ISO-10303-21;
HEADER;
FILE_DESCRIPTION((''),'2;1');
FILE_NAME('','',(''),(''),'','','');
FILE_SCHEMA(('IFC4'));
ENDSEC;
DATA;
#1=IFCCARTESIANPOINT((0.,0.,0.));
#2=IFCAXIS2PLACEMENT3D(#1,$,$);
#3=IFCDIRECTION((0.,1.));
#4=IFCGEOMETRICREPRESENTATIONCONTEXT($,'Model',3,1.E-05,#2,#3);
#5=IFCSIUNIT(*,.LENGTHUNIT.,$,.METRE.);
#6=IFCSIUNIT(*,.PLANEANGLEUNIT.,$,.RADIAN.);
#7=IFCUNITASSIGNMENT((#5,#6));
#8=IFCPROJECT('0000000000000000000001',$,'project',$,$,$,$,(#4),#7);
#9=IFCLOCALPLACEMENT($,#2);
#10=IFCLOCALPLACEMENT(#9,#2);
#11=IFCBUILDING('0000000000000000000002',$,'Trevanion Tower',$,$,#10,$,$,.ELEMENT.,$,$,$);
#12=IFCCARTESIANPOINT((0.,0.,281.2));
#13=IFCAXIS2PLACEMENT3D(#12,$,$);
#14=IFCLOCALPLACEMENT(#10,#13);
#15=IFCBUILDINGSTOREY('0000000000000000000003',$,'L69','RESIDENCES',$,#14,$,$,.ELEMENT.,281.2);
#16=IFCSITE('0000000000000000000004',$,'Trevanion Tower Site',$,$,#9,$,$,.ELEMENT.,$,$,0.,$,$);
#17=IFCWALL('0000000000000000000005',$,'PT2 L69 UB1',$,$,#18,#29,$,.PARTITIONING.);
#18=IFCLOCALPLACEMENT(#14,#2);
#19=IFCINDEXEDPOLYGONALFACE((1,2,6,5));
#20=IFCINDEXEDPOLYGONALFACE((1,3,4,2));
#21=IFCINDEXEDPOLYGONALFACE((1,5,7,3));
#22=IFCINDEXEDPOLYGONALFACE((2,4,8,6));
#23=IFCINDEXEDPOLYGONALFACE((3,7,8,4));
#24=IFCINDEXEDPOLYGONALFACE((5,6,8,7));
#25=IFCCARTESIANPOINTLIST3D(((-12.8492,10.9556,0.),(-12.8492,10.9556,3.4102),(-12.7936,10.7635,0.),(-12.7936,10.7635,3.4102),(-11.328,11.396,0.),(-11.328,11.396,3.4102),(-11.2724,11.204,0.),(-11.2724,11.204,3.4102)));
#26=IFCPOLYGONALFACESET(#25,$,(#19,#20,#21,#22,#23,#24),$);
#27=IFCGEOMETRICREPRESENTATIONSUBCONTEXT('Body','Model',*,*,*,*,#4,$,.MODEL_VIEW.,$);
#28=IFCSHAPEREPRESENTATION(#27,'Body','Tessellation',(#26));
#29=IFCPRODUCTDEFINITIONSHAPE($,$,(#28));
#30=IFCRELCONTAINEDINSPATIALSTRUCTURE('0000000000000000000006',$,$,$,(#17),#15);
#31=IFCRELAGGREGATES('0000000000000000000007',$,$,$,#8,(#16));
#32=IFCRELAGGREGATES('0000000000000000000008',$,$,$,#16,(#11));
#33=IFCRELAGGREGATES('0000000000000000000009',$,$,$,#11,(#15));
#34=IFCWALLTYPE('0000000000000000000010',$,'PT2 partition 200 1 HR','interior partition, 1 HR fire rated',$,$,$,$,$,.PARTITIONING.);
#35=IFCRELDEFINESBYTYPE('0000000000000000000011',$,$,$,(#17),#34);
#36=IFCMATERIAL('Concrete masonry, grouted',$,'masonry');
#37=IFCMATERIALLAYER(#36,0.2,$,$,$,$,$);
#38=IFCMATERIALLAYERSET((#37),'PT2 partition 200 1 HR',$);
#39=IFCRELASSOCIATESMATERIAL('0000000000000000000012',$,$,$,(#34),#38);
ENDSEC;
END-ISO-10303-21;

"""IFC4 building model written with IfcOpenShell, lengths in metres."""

from ifc_helpers import new_model, si_unit, direction, frame, frame_2d, origin, place, context, subcontext, project, spatial, rectangle, extrude, material, layer, layer_set, type_object, element, save


model = new_model("IFC4")

# Units and contexts
model_context = context("Model", 3, precision=1e-05, world=origin(), true_north=direction((0.0, 1.0)))
body_context = subcontext(model_context, "Body", "Model", "MODEL_VIEW")
ifc_project = project(units=[si_unit("LENGTHUNIT", "METRE"), si_unit("PLANEANGLEUNIT", "RADIAN")], contexts=[model_context])

# Site, building, storey
site_placement = place(None, origin())
site = spatial("IfcSite", under=ifc_project, at=site_placement, Name="Trevanion Tower Site", CompositionType="ELEMENT", RefElevation=0.0)
building_placement = place(site_placement, origin())
building = spatial("IfcBuilding", under=site, at=building_placement, Name="Trevanion Tower", CompositionType="ELEMENT")
storey_placement = place(building_placement, frame((0.0, 0.0, 281.2)))
storey = spatial("IfcBuildingStorey", under=building, at=storey_placement, Name="L69", Description="RESIDENCES", CompositionType="ELEMENT", Elevation=281.2)

# Wall
ifc_material_1 = material(Name="Concrete masonry, grouted", Category="masonry")
ifc_layer_1 = layer(ifc_material_1, 0.2)
ifc_layer_set_1 = layer_set([ifc_layer_1], Name="PT2 partition 200 1 HR")
wall_type_1 = type_object("IfcWallType", Name="PT2 partition 200 1 HR", Description="interior partition, 1 HR fire rated", PredefinedType="PARTITIONING", material=ifc_layer_set_1)
wall_1_placement = place(storey_placement, frame((-11.3, 11.3, 0.0), z_axis=(0.0, 0.0, 1.0), x_axis=(-0.960552, -0.278099, 0.0)))
element("IfcWall", 1, at=wall_1_placement, inside=storey, type_object=wall_type_1, Name="PT2 L69 UB1", PredefinedType="PARTITIONING", context=body_context, shape_type="SweptSolid", body=[
    extrude(rectangle(XDim=1.5837, YDim=0.2, at=frame_2d((0.792, 0.0))), origin(), (0.0, 0.0, 1.0), 3.4102),
])

save(model, "model.ifc")
